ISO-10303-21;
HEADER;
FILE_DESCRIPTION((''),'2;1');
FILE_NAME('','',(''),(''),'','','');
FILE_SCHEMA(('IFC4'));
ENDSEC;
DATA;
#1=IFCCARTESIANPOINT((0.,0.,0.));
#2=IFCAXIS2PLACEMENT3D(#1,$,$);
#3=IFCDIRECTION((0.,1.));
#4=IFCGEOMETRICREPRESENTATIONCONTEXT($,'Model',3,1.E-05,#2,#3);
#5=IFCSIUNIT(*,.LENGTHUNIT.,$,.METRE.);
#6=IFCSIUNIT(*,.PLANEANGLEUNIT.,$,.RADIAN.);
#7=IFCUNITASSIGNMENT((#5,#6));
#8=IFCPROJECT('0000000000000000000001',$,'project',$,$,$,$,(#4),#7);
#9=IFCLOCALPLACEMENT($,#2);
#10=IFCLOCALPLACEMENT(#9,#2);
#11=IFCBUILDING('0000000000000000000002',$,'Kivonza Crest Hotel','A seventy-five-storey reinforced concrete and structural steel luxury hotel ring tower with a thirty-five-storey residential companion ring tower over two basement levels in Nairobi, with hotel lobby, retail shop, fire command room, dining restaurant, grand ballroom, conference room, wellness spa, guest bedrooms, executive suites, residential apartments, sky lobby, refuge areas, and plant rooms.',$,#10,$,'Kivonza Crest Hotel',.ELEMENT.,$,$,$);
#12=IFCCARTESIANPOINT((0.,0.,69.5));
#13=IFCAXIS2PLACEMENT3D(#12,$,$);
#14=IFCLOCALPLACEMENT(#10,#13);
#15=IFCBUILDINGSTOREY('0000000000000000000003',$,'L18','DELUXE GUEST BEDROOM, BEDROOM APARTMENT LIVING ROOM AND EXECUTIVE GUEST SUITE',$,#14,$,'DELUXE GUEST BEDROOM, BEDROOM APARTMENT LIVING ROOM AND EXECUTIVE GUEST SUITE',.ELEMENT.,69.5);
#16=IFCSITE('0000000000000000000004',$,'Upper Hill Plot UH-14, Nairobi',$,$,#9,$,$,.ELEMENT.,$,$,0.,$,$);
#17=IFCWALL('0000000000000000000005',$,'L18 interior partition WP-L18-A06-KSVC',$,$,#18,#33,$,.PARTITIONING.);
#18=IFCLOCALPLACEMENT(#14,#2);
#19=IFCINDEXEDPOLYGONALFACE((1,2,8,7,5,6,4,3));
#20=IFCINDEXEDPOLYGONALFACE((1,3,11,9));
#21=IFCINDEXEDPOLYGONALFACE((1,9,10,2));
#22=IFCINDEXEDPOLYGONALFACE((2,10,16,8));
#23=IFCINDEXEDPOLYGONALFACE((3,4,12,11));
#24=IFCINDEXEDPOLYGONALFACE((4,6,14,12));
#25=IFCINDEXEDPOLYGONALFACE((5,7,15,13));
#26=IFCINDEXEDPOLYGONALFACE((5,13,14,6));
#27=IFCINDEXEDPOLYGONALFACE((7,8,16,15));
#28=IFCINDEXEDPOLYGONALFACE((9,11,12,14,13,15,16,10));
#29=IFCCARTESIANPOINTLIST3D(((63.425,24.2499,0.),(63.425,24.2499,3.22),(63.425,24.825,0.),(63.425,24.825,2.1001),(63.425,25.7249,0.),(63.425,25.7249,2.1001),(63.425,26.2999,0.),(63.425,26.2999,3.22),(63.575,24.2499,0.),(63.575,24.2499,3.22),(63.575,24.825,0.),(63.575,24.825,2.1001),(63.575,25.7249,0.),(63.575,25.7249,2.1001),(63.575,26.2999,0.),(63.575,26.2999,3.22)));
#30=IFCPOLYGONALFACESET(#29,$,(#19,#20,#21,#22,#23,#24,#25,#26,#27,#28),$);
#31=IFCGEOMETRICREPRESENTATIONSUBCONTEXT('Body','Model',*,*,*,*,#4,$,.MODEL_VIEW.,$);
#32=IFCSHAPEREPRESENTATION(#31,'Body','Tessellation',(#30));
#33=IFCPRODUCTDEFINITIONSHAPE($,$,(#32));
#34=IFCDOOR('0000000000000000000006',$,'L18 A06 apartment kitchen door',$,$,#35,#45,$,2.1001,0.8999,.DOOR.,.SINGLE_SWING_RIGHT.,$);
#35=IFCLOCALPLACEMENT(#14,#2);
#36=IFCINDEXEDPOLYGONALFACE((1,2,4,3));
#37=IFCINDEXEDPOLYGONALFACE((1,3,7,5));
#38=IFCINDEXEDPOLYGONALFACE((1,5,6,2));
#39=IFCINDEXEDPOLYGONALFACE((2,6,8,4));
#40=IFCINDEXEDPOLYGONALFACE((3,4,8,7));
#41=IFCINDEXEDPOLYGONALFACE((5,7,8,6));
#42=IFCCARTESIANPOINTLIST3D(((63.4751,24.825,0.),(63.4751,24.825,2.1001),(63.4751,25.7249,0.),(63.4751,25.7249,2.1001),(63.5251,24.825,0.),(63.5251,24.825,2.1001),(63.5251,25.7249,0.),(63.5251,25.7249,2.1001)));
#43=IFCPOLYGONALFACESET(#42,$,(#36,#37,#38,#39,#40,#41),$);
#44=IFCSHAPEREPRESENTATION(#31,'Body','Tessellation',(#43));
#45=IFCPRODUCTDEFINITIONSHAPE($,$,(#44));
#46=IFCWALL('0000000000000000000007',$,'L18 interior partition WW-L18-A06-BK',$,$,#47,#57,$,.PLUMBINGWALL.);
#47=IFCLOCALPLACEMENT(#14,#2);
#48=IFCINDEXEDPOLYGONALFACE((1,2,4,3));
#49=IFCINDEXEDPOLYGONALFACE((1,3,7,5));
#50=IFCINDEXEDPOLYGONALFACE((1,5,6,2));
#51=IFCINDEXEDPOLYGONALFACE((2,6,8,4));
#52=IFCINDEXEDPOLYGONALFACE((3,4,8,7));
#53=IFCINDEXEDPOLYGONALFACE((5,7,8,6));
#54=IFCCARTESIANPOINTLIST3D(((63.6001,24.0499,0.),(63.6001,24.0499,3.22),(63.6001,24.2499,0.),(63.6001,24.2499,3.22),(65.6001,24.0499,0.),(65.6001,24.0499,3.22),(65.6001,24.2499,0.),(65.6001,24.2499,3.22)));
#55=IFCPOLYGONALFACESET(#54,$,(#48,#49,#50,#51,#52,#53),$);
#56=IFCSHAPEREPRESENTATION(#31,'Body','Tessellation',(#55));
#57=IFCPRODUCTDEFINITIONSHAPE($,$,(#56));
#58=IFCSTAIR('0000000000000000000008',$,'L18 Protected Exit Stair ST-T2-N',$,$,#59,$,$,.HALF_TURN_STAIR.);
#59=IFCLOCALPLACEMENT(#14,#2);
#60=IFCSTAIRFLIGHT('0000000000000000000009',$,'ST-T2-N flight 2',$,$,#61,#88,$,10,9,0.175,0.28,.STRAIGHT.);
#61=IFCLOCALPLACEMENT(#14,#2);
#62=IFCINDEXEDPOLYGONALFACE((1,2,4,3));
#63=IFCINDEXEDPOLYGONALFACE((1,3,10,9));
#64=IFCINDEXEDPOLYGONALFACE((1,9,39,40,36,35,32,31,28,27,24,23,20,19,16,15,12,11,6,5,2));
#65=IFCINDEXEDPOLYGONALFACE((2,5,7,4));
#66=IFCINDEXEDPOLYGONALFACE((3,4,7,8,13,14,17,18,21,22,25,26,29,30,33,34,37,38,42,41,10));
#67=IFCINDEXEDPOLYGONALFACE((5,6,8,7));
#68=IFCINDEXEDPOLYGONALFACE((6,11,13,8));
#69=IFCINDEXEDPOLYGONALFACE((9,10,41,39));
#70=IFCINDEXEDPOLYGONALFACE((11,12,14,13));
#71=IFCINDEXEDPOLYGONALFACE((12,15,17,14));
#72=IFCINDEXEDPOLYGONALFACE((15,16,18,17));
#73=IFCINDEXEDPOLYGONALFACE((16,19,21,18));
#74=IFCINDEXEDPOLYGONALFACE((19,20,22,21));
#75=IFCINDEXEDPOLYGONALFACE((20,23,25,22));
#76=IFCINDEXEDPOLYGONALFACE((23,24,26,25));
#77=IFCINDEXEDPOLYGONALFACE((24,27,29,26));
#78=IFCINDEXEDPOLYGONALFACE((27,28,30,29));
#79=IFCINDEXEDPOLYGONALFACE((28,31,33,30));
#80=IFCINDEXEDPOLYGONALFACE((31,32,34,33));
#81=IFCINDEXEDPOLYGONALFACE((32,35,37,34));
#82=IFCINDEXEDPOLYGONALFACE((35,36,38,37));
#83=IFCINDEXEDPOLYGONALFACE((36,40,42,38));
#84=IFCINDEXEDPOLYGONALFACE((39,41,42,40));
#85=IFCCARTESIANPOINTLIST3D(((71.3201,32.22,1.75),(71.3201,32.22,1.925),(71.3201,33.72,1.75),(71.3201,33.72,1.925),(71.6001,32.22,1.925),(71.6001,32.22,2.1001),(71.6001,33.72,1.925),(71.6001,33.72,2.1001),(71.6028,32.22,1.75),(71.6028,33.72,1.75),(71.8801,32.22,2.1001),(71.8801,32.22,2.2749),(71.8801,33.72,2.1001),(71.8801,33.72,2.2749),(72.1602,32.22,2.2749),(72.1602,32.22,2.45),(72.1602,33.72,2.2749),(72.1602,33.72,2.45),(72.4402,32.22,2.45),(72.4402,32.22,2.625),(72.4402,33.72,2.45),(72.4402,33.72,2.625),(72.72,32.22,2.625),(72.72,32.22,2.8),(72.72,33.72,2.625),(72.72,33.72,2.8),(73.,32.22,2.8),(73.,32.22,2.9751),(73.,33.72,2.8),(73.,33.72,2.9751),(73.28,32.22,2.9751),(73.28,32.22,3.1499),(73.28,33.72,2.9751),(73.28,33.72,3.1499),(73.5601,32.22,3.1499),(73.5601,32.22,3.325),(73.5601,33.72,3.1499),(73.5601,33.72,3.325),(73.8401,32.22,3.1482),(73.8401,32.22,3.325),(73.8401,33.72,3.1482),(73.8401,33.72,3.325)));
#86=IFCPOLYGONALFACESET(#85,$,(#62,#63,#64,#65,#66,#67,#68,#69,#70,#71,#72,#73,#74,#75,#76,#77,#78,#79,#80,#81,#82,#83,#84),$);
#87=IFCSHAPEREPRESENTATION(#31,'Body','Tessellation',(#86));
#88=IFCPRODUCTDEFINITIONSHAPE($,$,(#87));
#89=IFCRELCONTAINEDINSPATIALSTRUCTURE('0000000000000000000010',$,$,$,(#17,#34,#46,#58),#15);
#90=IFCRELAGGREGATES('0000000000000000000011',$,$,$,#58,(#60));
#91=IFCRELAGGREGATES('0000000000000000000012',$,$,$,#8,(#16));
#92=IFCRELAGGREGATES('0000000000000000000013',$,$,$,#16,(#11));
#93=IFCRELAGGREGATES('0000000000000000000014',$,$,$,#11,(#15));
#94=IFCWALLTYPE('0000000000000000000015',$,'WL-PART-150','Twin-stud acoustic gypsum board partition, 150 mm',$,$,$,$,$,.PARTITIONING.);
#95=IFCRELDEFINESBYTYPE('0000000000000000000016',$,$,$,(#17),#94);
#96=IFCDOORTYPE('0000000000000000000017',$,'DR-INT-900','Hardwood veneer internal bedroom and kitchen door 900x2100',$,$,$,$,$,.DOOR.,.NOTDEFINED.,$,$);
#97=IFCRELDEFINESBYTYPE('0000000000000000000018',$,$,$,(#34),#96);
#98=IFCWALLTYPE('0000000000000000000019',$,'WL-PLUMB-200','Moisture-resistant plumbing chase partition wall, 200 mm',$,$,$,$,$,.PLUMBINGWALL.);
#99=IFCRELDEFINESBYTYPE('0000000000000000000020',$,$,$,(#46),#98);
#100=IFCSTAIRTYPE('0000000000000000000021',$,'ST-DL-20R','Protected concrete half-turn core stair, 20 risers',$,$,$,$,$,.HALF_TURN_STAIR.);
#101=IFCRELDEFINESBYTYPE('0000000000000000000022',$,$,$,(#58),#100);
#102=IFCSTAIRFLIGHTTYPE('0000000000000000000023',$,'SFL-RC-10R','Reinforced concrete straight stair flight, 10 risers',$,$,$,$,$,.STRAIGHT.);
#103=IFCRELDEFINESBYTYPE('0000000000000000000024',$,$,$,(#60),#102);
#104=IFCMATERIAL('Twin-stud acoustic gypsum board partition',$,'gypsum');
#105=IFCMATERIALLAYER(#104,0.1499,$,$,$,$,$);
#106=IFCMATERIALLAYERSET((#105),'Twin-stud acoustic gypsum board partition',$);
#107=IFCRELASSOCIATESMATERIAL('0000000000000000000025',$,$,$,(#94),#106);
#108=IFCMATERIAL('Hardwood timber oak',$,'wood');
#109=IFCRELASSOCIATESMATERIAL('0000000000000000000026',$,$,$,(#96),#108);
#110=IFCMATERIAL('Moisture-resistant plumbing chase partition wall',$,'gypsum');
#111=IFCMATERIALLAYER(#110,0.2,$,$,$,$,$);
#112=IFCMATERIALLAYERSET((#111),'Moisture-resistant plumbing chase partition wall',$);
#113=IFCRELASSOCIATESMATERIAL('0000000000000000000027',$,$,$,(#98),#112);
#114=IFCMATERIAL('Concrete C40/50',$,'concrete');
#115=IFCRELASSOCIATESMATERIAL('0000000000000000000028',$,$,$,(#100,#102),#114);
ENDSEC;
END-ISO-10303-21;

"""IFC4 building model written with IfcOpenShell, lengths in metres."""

from ifc_helpers import new_model, si_unit, direction, frame, frame_2d, origin, place, context, subcontext, project, spatial, polyline, rectangle, outline, extrude, material, layer, layer_set, type_object, element, fill, aggregate, save


model = new_model("IFC4")

# Units and contexts
model_context = context("Model", 3, precision=1e-05, world=origin(), true_north=direction((0.0, 1.0)))
body_context = subcontext(model_context, "Body", "Model", "MODEL_VIEW")
ifc_project = project(units=[si_unit("LENGTHUNIT", "METRE"), si_unit("PLANEANGLEUNIT", "RADIAN")], contexts=[model_context])

# Site, building, storey
site_placement = place(None, origin())
site = spatial("IfcSite", under=ifc_project, at=site_placement, Name="Upper Hill Plot UH-14, Nairobi", CompositionType="ELEMENT", RefElevation=0.0)
building_placement = place(site_placement, origin())
building = spatial("IfcBuilding", under=site, at=building_placement, Name="Kivonza Crest Hotel", Description="A seventy-five-storey reinforced concrete and structural steel luxury hotel ring tower with a thirty-five-storey residential companion ring tower over two basement levels in Nairobi, with hotel lobby, retail shop, fire command room, dining restaurant, grand ballroom, conference room, wellness spa, guest bedrooms, executive suites, residential apartments, sky lobby, refuge areas, and plant rooms.", LongName="Kivonza Crest Hotel", CompositionType="ELEMENT")
storey_placement = place(building_placement, frame((0.0, 0.0, 69.5)))
storey = spatial("IfcBuildingStorey", under=building, at=storey_placement, Name="L18", Description="DELUXE GUEST BEDROOM, BEDROOM APARTMENT LIVING ROOM AND EXECUTIVE GUEST SUITE", LongName="DELUXE GUEST BEDROOM, BEDROOM APARTMENT LIVING ROOM AND EXECUTIVE GUEST SUITE", CompositionType="ELEMENT", Elevation=69.5)

# Shared definitions
ifc_material_1 = material(Name="Hardwood timber oak", Category="wood")

# Shared definitions
ifc_material_2 = material(Name="Twin-stud acoustic gypsum board partition", Category="gypsum")
ifc_layer_1 = layer(ifc_material_2, 0.1499)
ifc_layer_set_1 = layer_set([ifc_layer_1], Name="Twin-stud acoustic gypsum board partition")
wall_type_1 = type_object("IfcWallType", Name="WL-PART-150", Description="Twin-stud acoustic gypsum board partition, 150 mm", PredefinedType="PARTITIONING", material=ifc_layer_set_1)

# Wall, opening, door
wall_1_placement = place(storey_placement, frame((63.5, 24.25, 0.0), z_axis=(0.0, 0.0, 1.0), x_axis=(0.0, 1.0, 0.0)))
wall_1 = element("IfcWall", 1, at=wall_1_placement, inside=storey, type_object=wall_type_1, Name="L18 interior partition WP-L18-A06-KSVC", PredefinedType="PARTITIONING", context=body_context, shape_type="SweptSolid", body=[
    extrude(rectangle(XDim=2.05, YDim=0.1499, at=frame_2d((1.0249, 0.0))), origin(), (0.0, 0.0, 1.0), 3.22),
])
opening_1_placement = place(wall_1_placement, frame((0.575, 0.0, 0.0)))
opening_1 = element("IfcOpeningElement", 2, at=opening_1_placement, cuts=wall_1, PredefinedType="OPENING", context=body_context, shape_type="SweptSolid", body=[
    extrude(rectangle(XDim=0.8999, YDim=2.1001, at=frame_2d((0.45, 1.05))), frame((0.0, 0.085, 0.0), z_axis=(0.0, -1.0, 0.0), x_axis=(1.0, 0.0, 0.0)), (0.0, 0.0, 1.0), 0.1699),
])
door_type_1 = type_object("IfcDoorType", Name="DR-INT-900", Description="Hardwood veneer internal bedroom and kitchen door 900x2100", OperationType="NOTDEFINED", PredefinedType="DOOR", material=ifc_material_1)
door_1_placement = place(opening_1_placement, origin())
door_1 = element("IfcDoor", 3, at=door_1_placement, inside=storey, type_object=door_type_1, Name="L18 A06 apartment kitchen door", OperationType="SINGLE_SWING_RIGHT", OverallHeight=2.1001, OverallWidth=0.8999, PredefinedType="DOOR", context=body_context, shape_type="SweptSolid", body=[
    extrude(rectangle(XDim=0.8999, YDim=2.1001, at=frame_2d((0.45, 1.05))), frame((0.0, 0.0249, 0.0), z_axis=(0.0, -1.0, 0.0), x_axis=(1.0, 0.0, 0.0)), (0.0, 0.0, 1.0), 0.05),
])
fill(opening_1, door_1)

# Wall
ifc_material_3 = material(Name="Moisture-resistant plumbing chase partition wall", Category="gypsum")
ifc_layer_2 = layer(ifc_material_3, 0.2)
ifc_layer_set_2 = layer_set([ifc_layer_2], Name="Moisture-resistant plumbing chase partition wall")
wall_type_2 = type_object("IfcWallType", Name="WL-PLUMB-200", Description="Moisture-resistant plumbing chase partition wall, 200 mm", PredefinedType="PLUMBINGWALL", material=ifc_layer_set_2)
wall_2_placement = place(storey_placement, frame((63.6001, 24.1499, 0.0), z_axis=(0.0, 0.0, 1.0), x_axis=(1.0, 0.0, 0.0)))
element("IfcWall", 4, at=wall_2_placement, inside=storey, type_object=wall_type_2, Name="L18 interior partition WW-L18-A06-BK", PredefinedType="PLUMBINGWALL", context=body_context, shape_type="SweptSolid", body=[
    extrude(rectangle(XDim=2.0, YDim=0.2, at=frame_2d((1.0, 0.0))), origin(), (0.0, 0.0, 1.0), 3.22),
])

# Stair, stair flight
ifc_material_4 = material(Name="Concrete C40/50", Category="concrete")
stair_type = type_object("IfcStairType", Name="ST-DL-20R", Description="Protected concrete half-turn core stair, 20 risers", PredefinedType="HALF_TURN_STAIR", material=ifc_material_4)
stair_placement = place(storey_placement, origin())
stair = element("IfcStair", 5, at=stair_placement, inside=storey, type_object=stair_type, Name="L18 Protected Exit Stair ST-T2-N", PredefinedType="HALF_TURN_STAIR")
stair_flight_type = type_object("IfcStairFlightType", Name="SFL-RC-10R", Description="Reinforced concrete straight stair flight, 10 risers", PredefinedType="STRAIGHT", material=ifc_material_4)
stair_flight_placement = place(storey_placement, frame((71.3201, 32.97, 1.75), z_axis=(0.0, 0.0, 1.0), x_axis=(1.0, 0.0, 0.0)))
stair_flight = element("IfcStairFlight", 6, at=stair_flight_placement, type_object=stair_flight_type, Name="ST-T2-N flight 2", NumberOfRisers=10, NumberOfTreads=9, PredefinedType="STRAIGHT", RiserHeight=0.175, TreadLength=0.28, context=body_context, shape_type="SweptSolid", body=[
    extrude(outline(polyline([(0.0, 0.0), (0.0, 0.175), (0.28, 0.175), (0.28, 0.3501), (0.5601, 0.3501), (0.5601, 0.5249), (0.8401, 0.5249), (0.8401, 0.7), (1.1201, 0.7), (1.1201, 0.875), (1.3999, 0.875), (1.3999, 1.05), (1.6799, 1.05), (1.6799, 1.2251), (1.96, 1.2251), (1.96, 1.3999), (2.24, 1.3999), (2.24, 1.575), (2.52, 1.575), (2.52, 1.75), (2.52, 1.3982), (0.2827, 0.0), (0.0, 0.0)])), frame((0.0, 0.75, 0.0), z_axis=(0.0, -1.0, 0.0), x_axis=(1.0, 0.0, 0.0)), (0.0, 0.0, 1.0), 1.5),
])
aggregate(stair, [stair_flight])

save(model, "model.ifc")
